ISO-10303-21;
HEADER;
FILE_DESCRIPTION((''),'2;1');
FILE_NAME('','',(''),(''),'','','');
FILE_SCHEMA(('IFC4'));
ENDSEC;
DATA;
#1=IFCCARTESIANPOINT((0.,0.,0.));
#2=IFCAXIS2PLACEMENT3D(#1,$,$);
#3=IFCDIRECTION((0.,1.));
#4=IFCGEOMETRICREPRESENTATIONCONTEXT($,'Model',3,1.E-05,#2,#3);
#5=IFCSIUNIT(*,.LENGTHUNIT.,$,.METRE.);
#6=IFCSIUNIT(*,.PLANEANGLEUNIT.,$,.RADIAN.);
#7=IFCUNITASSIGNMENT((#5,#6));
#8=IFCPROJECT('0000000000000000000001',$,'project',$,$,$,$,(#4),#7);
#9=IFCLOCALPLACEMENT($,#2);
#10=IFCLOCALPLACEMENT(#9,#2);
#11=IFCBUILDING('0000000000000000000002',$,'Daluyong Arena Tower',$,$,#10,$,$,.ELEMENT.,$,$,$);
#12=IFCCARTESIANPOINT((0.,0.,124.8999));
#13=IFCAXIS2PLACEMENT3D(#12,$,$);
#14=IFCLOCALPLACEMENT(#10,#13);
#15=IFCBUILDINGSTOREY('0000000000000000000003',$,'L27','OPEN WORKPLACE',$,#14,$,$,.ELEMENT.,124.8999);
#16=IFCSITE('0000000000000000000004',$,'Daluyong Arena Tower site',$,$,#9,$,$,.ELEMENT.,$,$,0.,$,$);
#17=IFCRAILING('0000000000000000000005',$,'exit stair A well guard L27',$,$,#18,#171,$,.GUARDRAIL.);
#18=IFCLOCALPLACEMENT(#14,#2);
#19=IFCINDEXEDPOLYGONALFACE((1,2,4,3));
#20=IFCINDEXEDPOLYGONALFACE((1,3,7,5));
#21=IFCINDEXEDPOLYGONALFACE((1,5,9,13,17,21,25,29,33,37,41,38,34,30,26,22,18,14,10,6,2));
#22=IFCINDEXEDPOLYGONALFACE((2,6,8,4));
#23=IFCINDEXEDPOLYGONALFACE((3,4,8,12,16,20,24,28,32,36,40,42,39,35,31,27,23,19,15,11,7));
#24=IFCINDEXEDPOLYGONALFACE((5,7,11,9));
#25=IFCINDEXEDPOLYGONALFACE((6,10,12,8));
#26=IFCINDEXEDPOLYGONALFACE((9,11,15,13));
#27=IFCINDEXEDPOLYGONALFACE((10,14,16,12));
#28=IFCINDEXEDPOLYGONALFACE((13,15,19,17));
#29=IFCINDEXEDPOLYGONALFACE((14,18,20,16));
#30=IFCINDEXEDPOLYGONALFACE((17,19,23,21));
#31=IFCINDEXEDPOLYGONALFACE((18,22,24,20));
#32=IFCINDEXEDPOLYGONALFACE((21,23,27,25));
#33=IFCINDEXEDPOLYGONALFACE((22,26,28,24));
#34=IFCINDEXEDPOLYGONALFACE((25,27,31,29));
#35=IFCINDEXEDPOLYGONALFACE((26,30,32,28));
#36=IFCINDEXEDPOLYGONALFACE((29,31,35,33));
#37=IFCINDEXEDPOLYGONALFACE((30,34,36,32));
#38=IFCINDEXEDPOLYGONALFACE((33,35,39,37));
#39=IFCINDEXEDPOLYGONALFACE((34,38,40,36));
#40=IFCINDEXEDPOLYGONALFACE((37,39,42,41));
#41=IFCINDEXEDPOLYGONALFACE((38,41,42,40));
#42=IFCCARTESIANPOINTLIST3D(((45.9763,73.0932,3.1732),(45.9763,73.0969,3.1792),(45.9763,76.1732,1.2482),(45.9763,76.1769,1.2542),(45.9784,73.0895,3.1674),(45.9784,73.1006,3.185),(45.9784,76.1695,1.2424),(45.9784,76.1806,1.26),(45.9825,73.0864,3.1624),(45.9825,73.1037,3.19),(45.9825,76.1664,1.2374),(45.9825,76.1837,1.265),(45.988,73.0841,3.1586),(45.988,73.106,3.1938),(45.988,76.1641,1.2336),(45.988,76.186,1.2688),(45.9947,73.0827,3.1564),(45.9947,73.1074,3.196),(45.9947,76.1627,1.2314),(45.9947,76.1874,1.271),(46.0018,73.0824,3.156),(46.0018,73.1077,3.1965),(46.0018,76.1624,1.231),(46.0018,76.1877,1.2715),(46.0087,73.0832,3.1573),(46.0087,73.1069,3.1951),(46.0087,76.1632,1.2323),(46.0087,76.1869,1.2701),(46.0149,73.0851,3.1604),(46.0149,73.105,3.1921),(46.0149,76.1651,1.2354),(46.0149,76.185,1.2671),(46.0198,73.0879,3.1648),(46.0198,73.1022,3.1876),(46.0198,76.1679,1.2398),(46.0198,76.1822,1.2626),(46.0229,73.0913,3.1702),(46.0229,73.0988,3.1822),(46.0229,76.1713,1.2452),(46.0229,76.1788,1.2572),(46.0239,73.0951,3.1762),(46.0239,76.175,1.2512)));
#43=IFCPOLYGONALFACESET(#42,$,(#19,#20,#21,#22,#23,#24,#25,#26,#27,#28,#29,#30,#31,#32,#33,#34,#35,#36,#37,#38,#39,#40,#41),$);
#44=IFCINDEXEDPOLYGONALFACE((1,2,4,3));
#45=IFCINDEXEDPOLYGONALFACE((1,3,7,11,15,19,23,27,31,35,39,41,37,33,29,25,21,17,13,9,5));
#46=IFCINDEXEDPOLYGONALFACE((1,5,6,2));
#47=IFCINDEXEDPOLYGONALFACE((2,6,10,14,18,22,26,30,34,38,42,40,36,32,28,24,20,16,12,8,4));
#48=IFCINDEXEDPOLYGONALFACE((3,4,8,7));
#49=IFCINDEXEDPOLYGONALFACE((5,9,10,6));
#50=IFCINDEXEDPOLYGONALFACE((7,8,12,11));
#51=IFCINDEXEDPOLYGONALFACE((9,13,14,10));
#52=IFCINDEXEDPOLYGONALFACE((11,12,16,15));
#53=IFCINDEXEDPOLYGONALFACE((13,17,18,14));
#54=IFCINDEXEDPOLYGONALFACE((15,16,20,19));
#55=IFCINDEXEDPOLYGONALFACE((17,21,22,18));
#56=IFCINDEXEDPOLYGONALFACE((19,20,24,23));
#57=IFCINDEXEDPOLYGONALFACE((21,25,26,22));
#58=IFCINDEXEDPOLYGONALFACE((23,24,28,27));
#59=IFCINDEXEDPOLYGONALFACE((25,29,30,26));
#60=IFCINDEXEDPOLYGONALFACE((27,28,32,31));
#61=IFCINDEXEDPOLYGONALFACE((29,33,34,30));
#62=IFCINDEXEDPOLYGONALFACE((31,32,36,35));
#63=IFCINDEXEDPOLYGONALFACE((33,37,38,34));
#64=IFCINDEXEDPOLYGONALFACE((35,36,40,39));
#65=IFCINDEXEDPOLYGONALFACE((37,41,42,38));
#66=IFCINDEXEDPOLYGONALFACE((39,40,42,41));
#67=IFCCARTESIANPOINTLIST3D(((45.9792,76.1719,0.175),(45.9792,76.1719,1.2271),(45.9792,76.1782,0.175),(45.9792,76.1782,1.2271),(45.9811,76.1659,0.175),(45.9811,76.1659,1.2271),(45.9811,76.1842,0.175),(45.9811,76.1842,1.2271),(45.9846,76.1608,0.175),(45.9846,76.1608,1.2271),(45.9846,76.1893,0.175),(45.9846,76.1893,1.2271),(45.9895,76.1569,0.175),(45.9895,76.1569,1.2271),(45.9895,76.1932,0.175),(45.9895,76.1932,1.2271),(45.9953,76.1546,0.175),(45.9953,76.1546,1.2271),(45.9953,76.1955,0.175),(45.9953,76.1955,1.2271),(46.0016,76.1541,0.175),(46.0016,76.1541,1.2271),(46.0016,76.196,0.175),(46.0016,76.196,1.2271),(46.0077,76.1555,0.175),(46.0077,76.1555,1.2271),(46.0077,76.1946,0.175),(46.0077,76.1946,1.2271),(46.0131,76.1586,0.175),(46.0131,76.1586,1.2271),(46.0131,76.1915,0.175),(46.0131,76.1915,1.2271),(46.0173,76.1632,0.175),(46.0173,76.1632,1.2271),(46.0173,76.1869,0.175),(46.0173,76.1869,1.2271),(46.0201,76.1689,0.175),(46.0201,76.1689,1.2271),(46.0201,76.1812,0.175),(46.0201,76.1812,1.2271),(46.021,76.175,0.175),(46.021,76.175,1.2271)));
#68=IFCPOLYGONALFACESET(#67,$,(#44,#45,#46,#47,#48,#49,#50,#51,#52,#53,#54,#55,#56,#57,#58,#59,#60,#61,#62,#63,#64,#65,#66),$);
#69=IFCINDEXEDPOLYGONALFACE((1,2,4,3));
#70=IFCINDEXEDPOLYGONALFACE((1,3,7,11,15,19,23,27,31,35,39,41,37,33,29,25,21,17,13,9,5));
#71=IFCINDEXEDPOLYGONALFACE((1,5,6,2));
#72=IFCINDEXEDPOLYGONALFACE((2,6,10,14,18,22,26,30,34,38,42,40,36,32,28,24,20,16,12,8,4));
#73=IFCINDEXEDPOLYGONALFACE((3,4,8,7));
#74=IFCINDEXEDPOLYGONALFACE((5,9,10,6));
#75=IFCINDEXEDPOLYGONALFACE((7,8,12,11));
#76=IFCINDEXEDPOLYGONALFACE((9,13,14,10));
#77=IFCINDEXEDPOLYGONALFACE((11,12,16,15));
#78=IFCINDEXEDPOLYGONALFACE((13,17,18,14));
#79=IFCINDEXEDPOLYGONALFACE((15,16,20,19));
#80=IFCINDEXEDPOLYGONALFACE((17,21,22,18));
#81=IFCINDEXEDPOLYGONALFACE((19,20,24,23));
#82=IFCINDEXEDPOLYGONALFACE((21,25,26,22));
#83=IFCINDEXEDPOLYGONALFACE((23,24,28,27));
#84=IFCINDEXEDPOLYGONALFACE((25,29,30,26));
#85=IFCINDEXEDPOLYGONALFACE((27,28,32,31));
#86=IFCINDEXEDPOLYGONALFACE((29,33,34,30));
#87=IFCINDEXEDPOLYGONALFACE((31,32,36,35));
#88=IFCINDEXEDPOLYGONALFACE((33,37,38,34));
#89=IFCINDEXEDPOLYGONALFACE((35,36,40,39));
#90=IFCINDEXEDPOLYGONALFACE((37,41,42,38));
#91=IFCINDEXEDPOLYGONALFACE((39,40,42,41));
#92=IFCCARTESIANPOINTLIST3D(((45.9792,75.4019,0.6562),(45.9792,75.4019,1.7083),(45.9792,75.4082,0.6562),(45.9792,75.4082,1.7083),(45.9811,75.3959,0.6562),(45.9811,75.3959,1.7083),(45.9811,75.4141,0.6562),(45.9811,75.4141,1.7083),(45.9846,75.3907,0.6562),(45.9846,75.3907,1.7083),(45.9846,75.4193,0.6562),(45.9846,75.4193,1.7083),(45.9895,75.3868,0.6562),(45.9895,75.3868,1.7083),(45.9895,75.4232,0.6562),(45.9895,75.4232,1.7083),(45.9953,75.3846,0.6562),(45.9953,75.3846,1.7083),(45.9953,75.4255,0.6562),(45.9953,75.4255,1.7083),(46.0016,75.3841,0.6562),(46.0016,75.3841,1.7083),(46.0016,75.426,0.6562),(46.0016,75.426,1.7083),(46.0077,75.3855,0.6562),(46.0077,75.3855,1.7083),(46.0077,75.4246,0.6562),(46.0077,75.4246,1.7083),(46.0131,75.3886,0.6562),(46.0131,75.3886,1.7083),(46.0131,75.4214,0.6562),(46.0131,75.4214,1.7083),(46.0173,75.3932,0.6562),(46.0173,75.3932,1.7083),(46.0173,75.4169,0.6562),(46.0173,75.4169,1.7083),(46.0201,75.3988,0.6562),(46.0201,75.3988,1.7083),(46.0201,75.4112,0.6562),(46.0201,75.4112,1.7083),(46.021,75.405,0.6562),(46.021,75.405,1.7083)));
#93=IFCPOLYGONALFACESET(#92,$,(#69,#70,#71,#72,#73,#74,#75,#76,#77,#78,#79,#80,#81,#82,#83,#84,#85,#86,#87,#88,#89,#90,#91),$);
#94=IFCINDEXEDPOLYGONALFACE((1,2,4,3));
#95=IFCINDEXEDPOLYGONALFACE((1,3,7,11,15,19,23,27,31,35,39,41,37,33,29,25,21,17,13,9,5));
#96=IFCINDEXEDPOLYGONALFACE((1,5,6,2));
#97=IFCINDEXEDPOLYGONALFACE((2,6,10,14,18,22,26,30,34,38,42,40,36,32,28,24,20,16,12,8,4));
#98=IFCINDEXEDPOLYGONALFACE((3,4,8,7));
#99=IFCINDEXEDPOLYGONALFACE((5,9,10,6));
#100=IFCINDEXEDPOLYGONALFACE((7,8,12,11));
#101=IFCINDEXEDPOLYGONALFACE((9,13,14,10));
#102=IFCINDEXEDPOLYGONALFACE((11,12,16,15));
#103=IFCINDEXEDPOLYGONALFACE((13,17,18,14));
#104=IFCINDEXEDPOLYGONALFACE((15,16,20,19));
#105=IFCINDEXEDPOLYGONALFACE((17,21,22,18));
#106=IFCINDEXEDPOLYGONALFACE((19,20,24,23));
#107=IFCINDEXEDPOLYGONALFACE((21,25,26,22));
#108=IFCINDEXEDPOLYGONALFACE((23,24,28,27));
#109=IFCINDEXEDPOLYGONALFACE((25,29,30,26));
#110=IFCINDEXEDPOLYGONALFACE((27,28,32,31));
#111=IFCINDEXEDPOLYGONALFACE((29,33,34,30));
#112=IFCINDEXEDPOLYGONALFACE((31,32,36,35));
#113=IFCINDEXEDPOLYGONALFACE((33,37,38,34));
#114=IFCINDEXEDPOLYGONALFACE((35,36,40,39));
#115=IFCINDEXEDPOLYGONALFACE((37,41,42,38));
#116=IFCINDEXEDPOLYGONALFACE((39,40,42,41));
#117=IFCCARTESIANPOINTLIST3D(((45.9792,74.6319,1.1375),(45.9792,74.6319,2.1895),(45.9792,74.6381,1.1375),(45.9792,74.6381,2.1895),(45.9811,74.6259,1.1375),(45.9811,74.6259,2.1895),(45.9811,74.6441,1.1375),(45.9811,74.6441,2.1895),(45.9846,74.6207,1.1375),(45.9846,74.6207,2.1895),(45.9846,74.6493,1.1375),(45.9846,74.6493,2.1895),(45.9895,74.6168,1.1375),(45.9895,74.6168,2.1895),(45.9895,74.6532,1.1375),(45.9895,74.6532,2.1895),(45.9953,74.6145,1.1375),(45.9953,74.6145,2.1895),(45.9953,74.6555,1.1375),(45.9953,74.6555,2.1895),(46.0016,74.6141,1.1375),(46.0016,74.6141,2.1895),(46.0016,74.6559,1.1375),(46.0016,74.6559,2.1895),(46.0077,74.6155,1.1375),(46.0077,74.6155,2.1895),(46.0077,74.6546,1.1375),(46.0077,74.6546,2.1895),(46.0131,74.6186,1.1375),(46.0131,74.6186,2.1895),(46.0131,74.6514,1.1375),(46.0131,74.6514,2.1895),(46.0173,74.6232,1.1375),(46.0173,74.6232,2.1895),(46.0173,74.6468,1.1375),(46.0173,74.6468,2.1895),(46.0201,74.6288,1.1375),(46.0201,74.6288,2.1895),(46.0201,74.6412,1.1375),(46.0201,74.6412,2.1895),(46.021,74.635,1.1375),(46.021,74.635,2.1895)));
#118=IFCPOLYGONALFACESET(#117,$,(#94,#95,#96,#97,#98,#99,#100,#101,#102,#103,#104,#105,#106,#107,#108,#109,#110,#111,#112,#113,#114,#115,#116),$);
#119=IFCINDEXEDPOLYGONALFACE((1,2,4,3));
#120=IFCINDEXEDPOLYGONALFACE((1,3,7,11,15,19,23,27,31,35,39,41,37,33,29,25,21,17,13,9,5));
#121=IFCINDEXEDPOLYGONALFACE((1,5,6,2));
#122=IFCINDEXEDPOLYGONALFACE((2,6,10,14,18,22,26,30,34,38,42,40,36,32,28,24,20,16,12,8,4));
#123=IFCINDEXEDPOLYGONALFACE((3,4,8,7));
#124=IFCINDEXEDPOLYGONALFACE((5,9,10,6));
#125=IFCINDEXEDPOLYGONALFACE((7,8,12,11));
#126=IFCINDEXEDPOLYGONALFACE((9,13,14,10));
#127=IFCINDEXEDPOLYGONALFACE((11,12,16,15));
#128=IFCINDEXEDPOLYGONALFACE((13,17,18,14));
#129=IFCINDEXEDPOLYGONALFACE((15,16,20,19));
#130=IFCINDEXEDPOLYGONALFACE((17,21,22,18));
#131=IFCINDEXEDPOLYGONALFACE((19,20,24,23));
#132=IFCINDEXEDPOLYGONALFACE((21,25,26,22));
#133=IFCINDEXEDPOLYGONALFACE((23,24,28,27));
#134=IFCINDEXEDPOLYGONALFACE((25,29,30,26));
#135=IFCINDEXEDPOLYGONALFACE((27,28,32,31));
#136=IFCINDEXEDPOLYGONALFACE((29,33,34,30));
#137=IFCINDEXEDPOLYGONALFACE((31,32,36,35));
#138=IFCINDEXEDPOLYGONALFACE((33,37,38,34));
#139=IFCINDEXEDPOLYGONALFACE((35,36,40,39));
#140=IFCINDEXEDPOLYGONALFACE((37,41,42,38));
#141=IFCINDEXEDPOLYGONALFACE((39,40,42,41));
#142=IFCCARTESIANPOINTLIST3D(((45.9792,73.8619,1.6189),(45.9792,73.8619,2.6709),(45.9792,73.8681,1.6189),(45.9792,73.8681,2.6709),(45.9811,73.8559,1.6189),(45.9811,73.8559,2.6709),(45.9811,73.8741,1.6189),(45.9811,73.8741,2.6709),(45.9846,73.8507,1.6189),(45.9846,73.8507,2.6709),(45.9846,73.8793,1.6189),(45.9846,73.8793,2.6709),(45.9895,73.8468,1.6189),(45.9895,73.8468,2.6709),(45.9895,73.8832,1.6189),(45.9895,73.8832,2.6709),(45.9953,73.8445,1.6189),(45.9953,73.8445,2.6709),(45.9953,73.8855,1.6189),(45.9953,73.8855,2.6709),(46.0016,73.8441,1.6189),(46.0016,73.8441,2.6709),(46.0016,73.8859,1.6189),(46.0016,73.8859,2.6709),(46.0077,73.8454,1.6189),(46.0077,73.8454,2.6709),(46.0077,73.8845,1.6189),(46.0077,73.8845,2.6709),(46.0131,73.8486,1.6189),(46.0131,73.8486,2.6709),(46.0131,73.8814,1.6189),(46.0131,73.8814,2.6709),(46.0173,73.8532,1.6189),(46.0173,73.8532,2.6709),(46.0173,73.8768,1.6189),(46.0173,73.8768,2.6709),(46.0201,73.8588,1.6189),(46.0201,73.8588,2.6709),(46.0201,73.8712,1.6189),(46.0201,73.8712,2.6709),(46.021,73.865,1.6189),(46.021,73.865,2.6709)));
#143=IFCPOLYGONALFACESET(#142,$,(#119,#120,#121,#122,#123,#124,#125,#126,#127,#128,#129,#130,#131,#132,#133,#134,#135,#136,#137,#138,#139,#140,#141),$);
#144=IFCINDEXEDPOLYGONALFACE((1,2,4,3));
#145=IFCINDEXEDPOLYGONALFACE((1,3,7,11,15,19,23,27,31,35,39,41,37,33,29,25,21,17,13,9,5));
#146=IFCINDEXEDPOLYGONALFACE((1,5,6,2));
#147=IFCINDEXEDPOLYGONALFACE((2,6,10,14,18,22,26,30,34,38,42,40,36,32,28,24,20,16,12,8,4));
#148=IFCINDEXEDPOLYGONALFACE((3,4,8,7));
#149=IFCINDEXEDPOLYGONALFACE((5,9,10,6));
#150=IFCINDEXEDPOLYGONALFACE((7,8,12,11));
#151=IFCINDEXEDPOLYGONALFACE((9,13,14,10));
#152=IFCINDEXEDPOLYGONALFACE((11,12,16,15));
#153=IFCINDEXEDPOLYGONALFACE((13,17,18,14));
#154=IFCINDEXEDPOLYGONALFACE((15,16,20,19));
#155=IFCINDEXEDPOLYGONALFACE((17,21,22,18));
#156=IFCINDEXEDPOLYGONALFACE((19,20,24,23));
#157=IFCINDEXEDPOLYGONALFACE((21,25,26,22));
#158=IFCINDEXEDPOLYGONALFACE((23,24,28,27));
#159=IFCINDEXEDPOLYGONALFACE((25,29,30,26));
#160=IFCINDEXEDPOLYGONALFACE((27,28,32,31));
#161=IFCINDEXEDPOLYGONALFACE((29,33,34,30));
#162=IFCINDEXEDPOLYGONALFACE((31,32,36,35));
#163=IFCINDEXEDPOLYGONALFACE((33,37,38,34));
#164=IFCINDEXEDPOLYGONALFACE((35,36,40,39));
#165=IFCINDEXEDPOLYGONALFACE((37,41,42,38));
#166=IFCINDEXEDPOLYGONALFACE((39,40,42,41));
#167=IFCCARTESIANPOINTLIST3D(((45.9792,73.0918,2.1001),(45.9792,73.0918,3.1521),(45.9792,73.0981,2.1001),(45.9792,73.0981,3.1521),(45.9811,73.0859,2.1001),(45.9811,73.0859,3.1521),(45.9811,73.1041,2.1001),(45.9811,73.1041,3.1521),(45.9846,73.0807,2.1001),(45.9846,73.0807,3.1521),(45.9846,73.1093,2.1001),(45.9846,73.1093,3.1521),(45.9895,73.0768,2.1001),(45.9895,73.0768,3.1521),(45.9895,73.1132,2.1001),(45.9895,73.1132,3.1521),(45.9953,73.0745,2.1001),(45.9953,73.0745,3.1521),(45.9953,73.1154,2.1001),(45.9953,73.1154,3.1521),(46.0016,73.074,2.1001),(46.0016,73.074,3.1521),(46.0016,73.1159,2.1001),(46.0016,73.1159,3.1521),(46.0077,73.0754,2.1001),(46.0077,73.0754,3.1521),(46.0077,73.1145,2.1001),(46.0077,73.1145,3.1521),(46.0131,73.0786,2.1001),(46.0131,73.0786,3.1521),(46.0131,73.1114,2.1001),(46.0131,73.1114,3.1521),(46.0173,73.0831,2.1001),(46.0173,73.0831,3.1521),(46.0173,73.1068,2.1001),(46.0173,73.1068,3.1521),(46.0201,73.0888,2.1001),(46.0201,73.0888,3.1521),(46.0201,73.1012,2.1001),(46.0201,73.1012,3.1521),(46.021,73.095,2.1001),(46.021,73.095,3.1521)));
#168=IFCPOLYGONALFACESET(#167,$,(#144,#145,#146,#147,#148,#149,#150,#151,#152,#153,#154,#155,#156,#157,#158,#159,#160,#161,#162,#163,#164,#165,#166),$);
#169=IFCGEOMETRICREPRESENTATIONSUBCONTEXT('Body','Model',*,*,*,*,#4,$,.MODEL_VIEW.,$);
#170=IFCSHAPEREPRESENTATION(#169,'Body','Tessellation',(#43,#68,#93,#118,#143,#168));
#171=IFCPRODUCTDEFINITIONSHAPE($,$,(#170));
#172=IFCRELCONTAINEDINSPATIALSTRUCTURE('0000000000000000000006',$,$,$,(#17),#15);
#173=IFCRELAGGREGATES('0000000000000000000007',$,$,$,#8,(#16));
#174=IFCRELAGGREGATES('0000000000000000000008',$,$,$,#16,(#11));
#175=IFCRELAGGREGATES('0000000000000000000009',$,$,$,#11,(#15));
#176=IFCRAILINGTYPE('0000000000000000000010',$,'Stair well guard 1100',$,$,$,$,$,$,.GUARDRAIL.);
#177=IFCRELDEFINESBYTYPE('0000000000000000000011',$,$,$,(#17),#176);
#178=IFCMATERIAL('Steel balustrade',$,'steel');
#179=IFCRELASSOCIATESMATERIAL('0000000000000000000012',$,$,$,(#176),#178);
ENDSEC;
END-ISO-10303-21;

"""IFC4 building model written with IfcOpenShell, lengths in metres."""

from ifc_helpers import new_model, si_unit, direction, frame, origin, origin_2d, place, context, subcontext, project, spatial, circle, extrude, material, type_object, element, save


model = new_model("IFC4")

# Units and contexts
model_context = context("Model", 3, precision=1e-05, world=origin(), true_north=direction((0.0, 1.0)))
body_context = subcontext(model_context, "Body", "Model", "MODEL_VIEW")
ifc_project = project(units=[si_unit("LENGTHUNIT", "METRE"), si_unit("PLANEANGLEUNIT", "RADIAN")], contexts=[model_context])

# Site, building, storey
site_placement = place(None, origin())
site = spatial("IfcSite", under=ifc_project, at=site_placement, Name="Daluyong Arena Tower site", CompositionType="ELEMENT", RefElevation=0.0)
building_placement = place(site_placement, origin())
building = spatial("IfcBuilding", under=site, at=building_placement, Name="Daluyong Arena Tower", CompositionType="ELEMENT")
storey_placement = place(building_placement, frame((0.0, 0.0, 124.8999)))
storey = spatial("IfcBuildingStorey", under=building, at=storey_placement, Name="L27", Description="OPEN WORKPLACE", CompositionType="ELEMENT", Elevation=124.8999)

# Railing
ifc_material_1 = material(Name="Steel balustrade", Category="steel")
railing_type_1 = type_object("IfcRailingType", Name="Stair well guard 1100", PredefinedType="GUARDRAIL", material=ifc_material_1)
railing_1_placement = place(storey_placement, frame((46.0, 76.175, 0.175)))
element("IfcRailing", 1, at=railing_1_placement, inside=storey, type_object=railing_type_1, Name="exit stair A well guard L27", PredefinedType="GUARDRAIL", context=body_context, shape_type="SweptSolid", body=[
    extrude(circle(Radius=0.0239, at=origin_2d()), frame((0.0, 0.0, 1.0762), z_axis=(0.0, -0.847998, 0.529999), x_axis=(1.0, 0.0, 0.0)), (0.0, 0.0, 1.0), 3.6321),
    extrude(circle(Radius=0.021, at=origin_2d()), origin(), (0.0, 0.0, 1.0), 1.052),
    extrude(circle(Radius=0.021, at=origin_2d()), frame((0.0, -0.77, 0.4812)), (0.0, 0.0, 1.0), 1.052),
    extrude(circle(Radius=0.021, at=origin_2d()), frame((0.0, -1.54, 0.9624)), (0.0, 0.0, 1.0), 1.052),
    extrude(circle(Radius=0.021, at=origin_2d()), frame((0.0, -2.3101, 1.4438)), (0.0, 0.0, 1.0), 1.052),
    extrude(circle(Radius=0.021, at=origin_2d()), frame((0.0, -3.0801, 1.925)), (0.0, 0.0, 1.0), 1.052),
])

save(model, "model.ifc")
